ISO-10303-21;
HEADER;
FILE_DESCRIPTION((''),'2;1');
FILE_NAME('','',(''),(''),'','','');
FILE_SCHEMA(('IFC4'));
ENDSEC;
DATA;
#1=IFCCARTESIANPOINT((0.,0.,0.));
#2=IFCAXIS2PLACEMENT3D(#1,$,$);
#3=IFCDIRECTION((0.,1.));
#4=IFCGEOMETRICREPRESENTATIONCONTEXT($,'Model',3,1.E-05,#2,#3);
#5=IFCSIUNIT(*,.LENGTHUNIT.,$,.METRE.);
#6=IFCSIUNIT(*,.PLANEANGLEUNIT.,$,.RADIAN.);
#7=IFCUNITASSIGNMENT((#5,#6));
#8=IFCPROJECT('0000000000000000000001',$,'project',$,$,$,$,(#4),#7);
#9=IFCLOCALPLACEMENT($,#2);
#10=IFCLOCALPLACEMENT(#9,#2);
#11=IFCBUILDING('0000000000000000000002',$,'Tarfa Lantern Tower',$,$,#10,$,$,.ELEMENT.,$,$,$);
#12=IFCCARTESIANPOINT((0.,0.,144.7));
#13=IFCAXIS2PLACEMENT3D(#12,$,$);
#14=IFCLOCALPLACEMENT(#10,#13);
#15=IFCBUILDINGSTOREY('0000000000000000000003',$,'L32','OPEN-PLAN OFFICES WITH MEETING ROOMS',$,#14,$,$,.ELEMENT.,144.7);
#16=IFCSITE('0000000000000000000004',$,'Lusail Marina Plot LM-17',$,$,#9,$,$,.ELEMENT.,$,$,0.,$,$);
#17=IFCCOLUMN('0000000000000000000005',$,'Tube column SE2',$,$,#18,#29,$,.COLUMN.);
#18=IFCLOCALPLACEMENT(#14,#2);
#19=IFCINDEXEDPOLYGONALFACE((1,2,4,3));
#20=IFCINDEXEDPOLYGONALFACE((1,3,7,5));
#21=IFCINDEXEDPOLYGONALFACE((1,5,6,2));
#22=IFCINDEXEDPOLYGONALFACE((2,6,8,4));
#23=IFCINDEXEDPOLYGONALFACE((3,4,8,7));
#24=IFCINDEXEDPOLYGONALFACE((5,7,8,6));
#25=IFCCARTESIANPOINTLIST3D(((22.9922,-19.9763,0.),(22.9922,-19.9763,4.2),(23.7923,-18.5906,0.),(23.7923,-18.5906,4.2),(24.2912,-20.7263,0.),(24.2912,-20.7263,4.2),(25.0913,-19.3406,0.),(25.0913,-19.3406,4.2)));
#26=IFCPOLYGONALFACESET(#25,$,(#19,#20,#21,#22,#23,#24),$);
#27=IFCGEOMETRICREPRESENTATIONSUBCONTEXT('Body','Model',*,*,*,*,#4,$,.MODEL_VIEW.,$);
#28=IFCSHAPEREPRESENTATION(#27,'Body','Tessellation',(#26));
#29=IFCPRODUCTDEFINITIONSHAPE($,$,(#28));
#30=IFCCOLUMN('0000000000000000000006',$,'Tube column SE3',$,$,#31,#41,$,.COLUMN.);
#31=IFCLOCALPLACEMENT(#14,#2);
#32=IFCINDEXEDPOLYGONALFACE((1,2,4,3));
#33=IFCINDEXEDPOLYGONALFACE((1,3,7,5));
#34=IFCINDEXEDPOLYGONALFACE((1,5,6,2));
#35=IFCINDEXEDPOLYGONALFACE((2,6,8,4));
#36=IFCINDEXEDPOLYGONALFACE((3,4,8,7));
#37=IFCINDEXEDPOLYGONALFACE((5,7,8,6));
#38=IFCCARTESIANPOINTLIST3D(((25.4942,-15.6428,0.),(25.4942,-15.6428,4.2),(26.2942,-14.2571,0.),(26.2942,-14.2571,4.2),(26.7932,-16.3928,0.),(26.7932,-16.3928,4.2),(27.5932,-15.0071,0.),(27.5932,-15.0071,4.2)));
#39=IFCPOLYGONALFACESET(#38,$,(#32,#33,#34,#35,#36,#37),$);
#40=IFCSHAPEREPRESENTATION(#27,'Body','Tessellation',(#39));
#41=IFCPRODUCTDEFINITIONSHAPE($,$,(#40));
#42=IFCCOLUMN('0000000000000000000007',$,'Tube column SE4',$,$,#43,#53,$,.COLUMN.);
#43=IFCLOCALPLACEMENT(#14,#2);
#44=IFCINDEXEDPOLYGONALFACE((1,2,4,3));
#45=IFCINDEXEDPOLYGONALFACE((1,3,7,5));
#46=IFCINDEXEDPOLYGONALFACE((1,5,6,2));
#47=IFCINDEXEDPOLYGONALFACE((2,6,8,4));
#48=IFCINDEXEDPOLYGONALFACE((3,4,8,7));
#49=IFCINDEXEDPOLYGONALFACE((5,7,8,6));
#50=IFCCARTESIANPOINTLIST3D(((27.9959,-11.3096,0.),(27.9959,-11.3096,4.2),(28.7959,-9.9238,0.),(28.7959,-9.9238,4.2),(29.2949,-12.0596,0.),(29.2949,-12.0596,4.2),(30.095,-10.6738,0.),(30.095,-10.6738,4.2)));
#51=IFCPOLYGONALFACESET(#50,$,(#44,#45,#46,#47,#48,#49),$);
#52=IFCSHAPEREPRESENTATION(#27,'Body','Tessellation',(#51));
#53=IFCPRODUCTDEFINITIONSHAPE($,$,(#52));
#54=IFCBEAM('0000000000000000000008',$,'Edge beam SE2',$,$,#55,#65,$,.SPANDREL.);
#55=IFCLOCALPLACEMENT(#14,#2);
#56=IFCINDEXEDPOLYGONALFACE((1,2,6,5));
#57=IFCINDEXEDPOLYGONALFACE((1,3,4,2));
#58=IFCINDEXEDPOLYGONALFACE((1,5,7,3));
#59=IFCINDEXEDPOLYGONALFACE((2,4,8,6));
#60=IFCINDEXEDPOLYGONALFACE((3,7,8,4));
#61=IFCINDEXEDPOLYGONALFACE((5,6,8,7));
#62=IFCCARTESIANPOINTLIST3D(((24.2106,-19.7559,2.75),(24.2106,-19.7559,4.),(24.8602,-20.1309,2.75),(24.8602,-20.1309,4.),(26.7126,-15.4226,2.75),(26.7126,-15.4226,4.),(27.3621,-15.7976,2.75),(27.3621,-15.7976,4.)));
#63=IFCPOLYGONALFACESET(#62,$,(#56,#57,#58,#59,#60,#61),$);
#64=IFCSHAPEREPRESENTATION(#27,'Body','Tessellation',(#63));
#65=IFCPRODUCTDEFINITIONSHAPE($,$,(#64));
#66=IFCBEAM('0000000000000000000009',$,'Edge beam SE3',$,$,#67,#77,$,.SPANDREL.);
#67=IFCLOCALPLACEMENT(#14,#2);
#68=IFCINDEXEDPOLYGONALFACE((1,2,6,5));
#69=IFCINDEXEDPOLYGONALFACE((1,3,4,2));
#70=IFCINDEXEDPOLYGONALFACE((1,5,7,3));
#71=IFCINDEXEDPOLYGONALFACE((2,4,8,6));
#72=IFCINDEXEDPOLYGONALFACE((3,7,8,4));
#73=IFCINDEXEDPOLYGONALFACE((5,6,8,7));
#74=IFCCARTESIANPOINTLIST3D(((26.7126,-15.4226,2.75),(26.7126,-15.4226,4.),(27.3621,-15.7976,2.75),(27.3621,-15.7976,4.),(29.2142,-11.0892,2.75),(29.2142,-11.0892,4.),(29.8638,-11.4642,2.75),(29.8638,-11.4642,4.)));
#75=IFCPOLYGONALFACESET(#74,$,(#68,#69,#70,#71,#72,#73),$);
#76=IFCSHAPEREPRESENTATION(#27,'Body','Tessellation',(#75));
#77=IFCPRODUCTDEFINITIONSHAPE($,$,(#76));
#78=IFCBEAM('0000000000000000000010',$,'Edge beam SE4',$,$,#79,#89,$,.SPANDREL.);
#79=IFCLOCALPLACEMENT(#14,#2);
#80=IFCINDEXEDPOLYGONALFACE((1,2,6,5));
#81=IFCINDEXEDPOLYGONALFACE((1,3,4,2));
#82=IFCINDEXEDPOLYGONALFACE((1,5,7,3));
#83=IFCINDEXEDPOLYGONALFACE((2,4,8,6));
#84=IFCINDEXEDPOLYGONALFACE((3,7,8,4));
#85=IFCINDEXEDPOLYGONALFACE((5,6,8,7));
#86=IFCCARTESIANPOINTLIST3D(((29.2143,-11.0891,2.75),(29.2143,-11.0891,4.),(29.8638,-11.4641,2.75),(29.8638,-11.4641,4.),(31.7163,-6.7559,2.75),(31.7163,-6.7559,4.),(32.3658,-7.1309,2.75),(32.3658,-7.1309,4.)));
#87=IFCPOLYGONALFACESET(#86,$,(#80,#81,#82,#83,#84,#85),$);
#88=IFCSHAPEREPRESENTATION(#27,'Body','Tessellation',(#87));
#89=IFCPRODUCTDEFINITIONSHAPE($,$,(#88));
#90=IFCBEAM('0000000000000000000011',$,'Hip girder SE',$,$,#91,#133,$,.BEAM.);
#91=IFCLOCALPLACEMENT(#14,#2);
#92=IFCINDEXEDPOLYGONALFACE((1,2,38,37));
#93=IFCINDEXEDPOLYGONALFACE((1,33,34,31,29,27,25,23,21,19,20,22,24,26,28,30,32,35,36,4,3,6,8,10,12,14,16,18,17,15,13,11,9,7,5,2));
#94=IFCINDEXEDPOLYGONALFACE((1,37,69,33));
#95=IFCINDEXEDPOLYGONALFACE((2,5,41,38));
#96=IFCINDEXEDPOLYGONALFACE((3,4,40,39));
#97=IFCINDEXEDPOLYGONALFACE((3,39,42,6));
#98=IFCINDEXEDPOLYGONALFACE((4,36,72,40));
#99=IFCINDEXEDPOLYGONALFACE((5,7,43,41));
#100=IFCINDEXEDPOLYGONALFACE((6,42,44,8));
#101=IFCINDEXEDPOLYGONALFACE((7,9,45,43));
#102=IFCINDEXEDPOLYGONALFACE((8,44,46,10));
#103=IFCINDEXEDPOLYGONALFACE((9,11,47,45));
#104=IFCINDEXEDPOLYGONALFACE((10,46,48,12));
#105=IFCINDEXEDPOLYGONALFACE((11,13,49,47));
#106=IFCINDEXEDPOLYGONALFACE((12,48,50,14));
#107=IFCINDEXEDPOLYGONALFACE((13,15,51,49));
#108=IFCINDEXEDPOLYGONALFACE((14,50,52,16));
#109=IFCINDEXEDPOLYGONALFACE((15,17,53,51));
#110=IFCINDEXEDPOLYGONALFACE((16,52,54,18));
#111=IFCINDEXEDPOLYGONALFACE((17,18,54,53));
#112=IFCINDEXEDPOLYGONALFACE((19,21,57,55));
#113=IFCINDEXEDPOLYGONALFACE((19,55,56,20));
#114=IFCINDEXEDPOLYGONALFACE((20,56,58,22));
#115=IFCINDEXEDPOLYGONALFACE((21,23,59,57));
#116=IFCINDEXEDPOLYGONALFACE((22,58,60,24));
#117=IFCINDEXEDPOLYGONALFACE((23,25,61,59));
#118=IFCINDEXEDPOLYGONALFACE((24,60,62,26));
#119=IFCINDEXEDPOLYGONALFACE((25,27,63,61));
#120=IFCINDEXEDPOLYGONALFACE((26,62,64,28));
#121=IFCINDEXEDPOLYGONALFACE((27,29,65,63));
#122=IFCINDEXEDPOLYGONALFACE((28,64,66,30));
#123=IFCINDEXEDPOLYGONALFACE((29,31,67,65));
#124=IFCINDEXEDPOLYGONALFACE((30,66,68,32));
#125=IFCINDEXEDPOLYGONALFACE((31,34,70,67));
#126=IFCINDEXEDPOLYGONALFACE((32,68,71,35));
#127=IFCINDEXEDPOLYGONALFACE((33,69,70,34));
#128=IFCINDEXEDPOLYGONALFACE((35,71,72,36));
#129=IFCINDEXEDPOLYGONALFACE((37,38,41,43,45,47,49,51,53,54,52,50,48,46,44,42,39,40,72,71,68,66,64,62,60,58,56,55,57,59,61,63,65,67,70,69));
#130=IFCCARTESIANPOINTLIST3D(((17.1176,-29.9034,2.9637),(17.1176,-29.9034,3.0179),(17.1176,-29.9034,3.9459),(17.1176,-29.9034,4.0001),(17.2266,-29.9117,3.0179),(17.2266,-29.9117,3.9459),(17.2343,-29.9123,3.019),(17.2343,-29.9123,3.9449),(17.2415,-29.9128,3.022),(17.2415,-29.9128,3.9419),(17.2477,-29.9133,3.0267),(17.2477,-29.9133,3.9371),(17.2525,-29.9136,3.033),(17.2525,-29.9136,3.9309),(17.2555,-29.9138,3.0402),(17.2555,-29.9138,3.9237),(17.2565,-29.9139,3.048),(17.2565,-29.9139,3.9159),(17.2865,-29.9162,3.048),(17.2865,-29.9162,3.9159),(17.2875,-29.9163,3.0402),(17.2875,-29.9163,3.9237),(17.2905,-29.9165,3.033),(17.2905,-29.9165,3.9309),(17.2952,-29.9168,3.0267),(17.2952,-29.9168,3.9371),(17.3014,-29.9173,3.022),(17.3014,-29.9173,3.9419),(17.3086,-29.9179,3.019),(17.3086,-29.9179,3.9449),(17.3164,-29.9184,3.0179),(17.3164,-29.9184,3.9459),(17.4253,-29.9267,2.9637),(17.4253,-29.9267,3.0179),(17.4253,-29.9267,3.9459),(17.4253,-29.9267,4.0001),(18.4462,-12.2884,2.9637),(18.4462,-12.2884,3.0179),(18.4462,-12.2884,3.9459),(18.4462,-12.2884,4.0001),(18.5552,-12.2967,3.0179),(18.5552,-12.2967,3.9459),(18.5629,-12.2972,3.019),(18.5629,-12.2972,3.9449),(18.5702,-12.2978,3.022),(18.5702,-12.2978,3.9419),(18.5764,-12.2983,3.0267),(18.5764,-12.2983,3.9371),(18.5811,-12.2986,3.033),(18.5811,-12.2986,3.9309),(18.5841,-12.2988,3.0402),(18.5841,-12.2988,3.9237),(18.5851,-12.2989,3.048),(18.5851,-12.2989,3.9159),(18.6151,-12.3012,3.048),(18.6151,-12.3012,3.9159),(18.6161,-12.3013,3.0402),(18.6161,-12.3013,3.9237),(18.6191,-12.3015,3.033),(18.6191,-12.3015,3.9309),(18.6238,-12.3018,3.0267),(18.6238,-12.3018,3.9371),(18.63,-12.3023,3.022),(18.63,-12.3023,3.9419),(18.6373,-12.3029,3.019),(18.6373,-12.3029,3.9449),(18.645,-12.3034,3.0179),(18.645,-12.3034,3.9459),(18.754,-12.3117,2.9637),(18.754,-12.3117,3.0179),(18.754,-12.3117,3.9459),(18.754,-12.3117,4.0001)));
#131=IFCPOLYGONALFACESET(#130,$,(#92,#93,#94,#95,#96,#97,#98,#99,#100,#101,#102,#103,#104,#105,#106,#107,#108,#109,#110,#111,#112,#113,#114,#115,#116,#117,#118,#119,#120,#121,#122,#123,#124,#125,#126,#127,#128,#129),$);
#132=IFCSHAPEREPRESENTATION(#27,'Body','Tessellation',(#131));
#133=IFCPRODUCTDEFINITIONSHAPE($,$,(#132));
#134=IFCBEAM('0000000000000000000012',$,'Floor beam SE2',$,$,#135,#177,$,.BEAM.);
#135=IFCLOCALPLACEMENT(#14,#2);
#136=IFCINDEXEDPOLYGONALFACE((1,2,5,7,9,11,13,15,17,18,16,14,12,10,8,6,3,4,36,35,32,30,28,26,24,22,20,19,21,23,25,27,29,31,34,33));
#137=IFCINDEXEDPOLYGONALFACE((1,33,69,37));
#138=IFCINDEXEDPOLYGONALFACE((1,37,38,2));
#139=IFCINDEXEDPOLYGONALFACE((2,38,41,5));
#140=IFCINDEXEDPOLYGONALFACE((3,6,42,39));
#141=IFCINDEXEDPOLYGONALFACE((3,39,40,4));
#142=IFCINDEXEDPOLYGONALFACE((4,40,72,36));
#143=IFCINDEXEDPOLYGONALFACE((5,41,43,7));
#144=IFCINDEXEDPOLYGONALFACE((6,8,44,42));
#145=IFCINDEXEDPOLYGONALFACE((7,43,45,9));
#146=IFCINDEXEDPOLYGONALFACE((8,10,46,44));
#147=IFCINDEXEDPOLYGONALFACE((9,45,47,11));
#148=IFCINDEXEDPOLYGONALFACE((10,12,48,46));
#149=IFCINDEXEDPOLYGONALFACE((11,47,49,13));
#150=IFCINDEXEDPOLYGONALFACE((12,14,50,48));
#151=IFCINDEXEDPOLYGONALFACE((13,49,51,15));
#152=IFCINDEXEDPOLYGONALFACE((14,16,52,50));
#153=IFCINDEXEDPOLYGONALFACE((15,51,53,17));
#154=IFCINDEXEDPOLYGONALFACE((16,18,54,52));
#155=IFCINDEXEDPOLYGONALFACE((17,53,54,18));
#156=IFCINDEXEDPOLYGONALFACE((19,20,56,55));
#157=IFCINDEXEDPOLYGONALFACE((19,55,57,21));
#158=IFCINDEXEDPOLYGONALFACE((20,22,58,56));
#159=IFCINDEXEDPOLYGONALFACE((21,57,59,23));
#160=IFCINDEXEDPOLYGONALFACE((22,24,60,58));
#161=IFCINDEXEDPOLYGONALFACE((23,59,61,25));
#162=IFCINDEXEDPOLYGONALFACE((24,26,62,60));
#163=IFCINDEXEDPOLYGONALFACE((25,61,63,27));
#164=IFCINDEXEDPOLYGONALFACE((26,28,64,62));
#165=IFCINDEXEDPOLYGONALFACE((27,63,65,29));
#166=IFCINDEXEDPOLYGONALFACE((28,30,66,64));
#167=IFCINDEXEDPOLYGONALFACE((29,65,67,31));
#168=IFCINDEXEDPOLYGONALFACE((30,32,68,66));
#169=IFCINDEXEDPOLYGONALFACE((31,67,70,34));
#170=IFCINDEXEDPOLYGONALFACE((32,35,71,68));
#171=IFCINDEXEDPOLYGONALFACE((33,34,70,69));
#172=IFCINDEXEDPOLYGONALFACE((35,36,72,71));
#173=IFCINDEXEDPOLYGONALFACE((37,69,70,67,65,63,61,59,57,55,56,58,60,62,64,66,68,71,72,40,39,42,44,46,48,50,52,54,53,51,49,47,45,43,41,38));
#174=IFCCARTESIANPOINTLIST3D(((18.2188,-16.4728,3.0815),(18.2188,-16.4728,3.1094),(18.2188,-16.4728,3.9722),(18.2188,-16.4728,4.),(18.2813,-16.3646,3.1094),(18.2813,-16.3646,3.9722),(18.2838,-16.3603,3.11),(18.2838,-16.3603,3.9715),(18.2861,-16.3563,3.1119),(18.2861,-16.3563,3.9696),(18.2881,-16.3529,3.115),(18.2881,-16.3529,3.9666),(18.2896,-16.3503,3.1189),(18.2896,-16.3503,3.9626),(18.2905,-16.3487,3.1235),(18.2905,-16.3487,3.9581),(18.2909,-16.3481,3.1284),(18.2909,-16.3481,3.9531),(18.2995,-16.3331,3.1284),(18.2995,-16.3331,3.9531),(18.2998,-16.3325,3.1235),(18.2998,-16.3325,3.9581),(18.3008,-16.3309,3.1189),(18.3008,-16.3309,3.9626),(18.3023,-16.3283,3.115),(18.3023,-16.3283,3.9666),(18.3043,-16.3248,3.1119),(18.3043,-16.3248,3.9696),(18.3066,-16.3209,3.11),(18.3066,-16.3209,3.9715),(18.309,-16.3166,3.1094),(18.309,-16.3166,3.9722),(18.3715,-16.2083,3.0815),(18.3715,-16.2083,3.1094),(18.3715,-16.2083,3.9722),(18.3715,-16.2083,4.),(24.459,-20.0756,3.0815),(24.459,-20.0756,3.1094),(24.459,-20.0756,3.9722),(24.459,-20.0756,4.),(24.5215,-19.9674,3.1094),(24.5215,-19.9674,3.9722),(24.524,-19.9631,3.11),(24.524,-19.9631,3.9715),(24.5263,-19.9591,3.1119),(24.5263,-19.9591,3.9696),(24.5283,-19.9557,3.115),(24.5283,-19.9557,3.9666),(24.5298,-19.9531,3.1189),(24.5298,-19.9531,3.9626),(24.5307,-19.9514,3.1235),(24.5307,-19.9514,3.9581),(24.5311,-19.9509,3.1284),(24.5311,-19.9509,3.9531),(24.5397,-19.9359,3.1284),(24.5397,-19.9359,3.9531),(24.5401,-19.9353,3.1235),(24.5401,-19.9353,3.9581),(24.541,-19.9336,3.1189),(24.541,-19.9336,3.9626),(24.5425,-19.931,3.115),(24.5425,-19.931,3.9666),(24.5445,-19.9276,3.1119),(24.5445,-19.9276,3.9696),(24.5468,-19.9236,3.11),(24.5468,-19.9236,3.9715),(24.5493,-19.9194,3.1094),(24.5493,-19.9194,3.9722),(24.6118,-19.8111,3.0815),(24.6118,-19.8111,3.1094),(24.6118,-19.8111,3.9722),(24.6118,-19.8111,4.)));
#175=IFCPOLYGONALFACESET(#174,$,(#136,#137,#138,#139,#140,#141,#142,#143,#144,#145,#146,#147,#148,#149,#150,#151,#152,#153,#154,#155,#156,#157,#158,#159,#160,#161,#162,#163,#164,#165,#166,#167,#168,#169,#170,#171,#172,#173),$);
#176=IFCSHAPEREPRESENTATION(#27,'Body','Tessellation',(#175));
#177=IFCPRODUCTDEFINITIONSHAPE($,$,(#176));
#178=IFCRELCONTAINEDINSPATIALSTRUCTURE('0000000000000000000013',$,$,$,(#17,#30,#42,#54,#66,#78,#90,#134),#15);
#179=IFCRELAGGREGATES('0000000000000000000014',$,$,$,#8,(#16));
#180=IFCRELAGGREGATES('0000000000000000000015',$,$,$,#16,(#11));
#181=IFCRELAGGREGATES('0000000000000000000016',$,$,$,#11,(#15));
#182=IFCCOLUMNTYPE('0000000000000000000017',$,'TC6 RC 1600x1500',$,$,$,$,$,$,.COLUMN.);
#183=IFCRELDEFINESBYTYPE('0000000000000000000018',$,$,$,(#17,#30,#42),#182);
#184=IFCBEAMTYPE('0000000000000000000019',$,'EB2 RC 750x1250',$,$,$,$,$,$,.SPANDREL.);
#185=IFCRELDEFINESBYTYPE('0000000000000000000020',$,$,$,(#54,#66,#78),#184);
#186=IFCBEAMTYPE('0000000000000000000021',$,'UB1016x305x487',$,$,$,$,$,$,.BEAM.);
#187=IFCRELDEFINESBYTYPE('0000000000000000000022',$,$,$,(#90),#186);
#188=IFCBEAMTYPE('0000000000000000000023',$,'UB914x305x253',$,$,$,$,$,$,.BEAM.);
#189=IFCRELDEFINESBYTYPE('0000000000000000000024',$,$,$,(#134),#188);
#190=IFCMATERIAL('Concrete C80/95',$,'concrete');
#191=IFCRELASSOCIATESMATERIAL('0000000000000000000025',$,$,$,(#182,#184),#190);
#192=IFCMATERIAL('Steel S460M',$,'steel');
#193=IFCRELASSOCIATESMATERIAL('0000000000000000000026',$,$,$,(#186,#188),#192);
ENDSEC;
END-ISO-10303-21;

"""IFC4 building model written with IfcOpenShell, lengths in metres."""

from ifc_helpers import new_model, si_unit, direction, frame, origin, origin_2d, place, context, subcontext, project, spatial, rectangle, i_section, extrude, material, material_profile, profile_set, type_object, element, save


model = new_model("IFC4")

# Units and contexts
model_context = context("Model", 3, precision=1e-05, world=origin(), true_north=direction((0.0, 1.0)))
body_context = subcontext(model_context, "Body", "Model", "MODEL_VIEW")
ifc_project = project(units=[si_unit("LENGTHUNIT", "METRE"), si_unit("PLANEANGLEUNIT", "RADIAN")], contexts=[model_context])

# Site, building, storey
site_placement = place(None, origin())
site = spatial("IfcSite", under=ifc_project, at=site_placement, Name="Lusail Marina Plot LM-17", CompositionType="ELEMENT", RefElevation=0.0)
building_placement = place(site_placement, origin())
building = spatial("IfcBuilding", under=site, at=building_placement, Name="Tarfa Lantern Tower", CompositionType="ELEMENT")
storey_placement = place(building_placement, frame((0.0, 0.0, 144.7)))
storey = spatial("IfcBuildingStorey", under=building, at=storey_placement, Name="L32", Description="OPEN-PLAN OFFICES WITH MEETING ROOMS", CompositionType="ELEMENT", Elevation=144.7)

# Columns
ifc_material_1 = material(Name="Concrete C80/95", Category="concrete")
ifc_material_profile_1 = material_profile(ifc_material_1, rectangle(XDim=1.6001, YDim=1.5, at=origin_2d()), Name="RC 1600x1500")
ifc_profile_set_1 = profile_set([ifc_material_profile_1], Name="Concrete C80/95")
column_type = type_object("IfcColumnType", Name="TC6 RC 1600x1500", PredefinedType="COLUMN", material=ifc_profile_set_1)
for number, where, z_axis, x_axis, name in (
    (1, (24.0417, -19.6584, 0.0), (0.0, 0.0, 1.0), (0.5, 0.866025, 0.0), "Tube column SE2"),
    (2, (26.5437, -15.325, 0.0), (0.0, 0.0, 1.0), (0.5, 0.866025, 0.0), "Tube column SE3"),
    (3, (29.0454, -10.9917, 0.0), (0.0, 0.0, 1.0), (0.5, 0.866025, 0.0), "Tube column SE4"),
):
    element("IfcColumn", number, at=place(storey_placement, frame(where, z_axis=z_axis, x_axis=x_axis)), inside=storey, type_object=column_type, Name=name, PredefinedType="COLUMN", context=body_context, shape_type="SweptSolid", body=[
        extrude(rectangle(XDim=1.6001, YDim=1.5, at=origin_2d()), origin(), (0.0, 0.0, 1.0), 4.2),
    ])

# Beams
ifc_material_profile_2 = material_profile(ifc_material_1, rectangle(XDim=0.75, YDim=1.25, at=origin_2d()), Name="RC 750x1250")
ifc_profile_set_2 = profile_set([ifc_material_profile_2], Name="Concrete C80/95")
beam_type_1 = type_object("IfcBeamType", Name="EB2 RC 750x1250", PredefinedType="SPANDREL", material=ifc_profile_set_2)
for number, where, z_axis, x_axis, name in (
    (4, (24.5354, -19.9434, 3.375), (0.500022, 0.866013, 0.0), (-0.866013, 0.500022, 0.0), "Edge beam SE2"),
    (5, (27.0374, -15.6101, 3.375), (0.499965, 0.866046, 0.0), (-0.866046, 0.499965, 0.0), "Edge beam SE3"),
    (6, (29.5391, -11.2766, 3.375), (0.500022, 0.866013, 0.0), (-0.866013, 0.500022, 0.0), "Edge beam SE4"),
):
    element("IfcBeam", number, at=place(storey_placement, frame(where, z_axis=z_axis, x_axis=x_axis)), inside=storey, type_object=beam_type_1, Name=name, PredefinedType="SPANDREL", context=body_context, shape_type="SweptSolid", body=[
        extrude(rectangle(XDim=0.75, YDim=1.25, at=origin_2d()), origin(), (0.0, 0.0, 1.0), 5.0037),
    ])
ifc_material_2 = material(Name="Steel S460M", Category="steel")
ifc_material_profile_3 = material_profile(ifc_material_2, i_section(OverallWidth=0.3086, OverallDepth=1.0364, WebThickness=0.03, FlangeThickness=0.0542, FilletRadius=0.03, at=origin_2d()), Name="UB1016x305x487")
ifc_profile_set_3 = profile_set([ifc_material_profile_3], Name="Steel S460M")
beam_type_2 = type_object("IfcBeamType", Name="UB1016x305x487", PredefinedType="BEAM", material=ifc_profile_set_3)
beam_1_placement = place(storey_placement, frame((18.6001, -12.3, 3.4819), z_axis=(-0.075212, -0.997168, 0.0), x_axis=(0.997168, -0.075212, 0.0)))
element("IfcBeam", 7, at=beam_1_placement, inside=storey, type_object=beam_type_2, Name="Hip girder SE", PredefinedType="BEAM", context=body_context, shape_type="SweptSolid", body=[
    extrude(i_section(OverallWidth=0.3086, OverallDepth=1.0364, WebThickness=0.03, FlangeThickness=0.0542, FilletRadius=0.03, at=origin_2d()), origin(), (0.0, 0.0, 1.0), 17.665),
])
ifc_material_profile_4 = material_profile(ifc_material_2, i_section(OverallWidth=0.3054, OverallDepth=0.9185, WebThickness=0.0173, FlangeThickness=0.0278, FilletRadius=0.019, at=origin_2d()), Name="UB914x305x253")
ifc_profile_set_4 = profile_set([ifc_material_profile_4], Name="Steel S460M")
beam_type_3 = type_object("IfcBeamType", Name="UB914x305x253", PredefinedType="BEAM", material=ifc_profile_set_4)
beam_2_placement = place(storey_placement, frame((24.5354, -19.9434, 3.5408), z_axis=(-0.866026, 0.499998, 0.0), x_axis=(-0.499998, -0.866026, 0.0)))
element("IfcBeam", 8, at=beam_2_placement, inside=storey, type_object=beam_type_3, Name="Floor beam SE2", PredefinedType="BEAM", context=body_context, shape_type="SweptSolid", body=[
    extrude(i_section(OverallWidth=0.3054, OverallDepth=0.9185, WebThickness=0.0173, FlangeThickness=0.0278, FilletRadius=0.019, at=origin_2d()), origin(), (0.0, 0.0, 1.0), 7.2056),
])

save(model, "model.ifc")
